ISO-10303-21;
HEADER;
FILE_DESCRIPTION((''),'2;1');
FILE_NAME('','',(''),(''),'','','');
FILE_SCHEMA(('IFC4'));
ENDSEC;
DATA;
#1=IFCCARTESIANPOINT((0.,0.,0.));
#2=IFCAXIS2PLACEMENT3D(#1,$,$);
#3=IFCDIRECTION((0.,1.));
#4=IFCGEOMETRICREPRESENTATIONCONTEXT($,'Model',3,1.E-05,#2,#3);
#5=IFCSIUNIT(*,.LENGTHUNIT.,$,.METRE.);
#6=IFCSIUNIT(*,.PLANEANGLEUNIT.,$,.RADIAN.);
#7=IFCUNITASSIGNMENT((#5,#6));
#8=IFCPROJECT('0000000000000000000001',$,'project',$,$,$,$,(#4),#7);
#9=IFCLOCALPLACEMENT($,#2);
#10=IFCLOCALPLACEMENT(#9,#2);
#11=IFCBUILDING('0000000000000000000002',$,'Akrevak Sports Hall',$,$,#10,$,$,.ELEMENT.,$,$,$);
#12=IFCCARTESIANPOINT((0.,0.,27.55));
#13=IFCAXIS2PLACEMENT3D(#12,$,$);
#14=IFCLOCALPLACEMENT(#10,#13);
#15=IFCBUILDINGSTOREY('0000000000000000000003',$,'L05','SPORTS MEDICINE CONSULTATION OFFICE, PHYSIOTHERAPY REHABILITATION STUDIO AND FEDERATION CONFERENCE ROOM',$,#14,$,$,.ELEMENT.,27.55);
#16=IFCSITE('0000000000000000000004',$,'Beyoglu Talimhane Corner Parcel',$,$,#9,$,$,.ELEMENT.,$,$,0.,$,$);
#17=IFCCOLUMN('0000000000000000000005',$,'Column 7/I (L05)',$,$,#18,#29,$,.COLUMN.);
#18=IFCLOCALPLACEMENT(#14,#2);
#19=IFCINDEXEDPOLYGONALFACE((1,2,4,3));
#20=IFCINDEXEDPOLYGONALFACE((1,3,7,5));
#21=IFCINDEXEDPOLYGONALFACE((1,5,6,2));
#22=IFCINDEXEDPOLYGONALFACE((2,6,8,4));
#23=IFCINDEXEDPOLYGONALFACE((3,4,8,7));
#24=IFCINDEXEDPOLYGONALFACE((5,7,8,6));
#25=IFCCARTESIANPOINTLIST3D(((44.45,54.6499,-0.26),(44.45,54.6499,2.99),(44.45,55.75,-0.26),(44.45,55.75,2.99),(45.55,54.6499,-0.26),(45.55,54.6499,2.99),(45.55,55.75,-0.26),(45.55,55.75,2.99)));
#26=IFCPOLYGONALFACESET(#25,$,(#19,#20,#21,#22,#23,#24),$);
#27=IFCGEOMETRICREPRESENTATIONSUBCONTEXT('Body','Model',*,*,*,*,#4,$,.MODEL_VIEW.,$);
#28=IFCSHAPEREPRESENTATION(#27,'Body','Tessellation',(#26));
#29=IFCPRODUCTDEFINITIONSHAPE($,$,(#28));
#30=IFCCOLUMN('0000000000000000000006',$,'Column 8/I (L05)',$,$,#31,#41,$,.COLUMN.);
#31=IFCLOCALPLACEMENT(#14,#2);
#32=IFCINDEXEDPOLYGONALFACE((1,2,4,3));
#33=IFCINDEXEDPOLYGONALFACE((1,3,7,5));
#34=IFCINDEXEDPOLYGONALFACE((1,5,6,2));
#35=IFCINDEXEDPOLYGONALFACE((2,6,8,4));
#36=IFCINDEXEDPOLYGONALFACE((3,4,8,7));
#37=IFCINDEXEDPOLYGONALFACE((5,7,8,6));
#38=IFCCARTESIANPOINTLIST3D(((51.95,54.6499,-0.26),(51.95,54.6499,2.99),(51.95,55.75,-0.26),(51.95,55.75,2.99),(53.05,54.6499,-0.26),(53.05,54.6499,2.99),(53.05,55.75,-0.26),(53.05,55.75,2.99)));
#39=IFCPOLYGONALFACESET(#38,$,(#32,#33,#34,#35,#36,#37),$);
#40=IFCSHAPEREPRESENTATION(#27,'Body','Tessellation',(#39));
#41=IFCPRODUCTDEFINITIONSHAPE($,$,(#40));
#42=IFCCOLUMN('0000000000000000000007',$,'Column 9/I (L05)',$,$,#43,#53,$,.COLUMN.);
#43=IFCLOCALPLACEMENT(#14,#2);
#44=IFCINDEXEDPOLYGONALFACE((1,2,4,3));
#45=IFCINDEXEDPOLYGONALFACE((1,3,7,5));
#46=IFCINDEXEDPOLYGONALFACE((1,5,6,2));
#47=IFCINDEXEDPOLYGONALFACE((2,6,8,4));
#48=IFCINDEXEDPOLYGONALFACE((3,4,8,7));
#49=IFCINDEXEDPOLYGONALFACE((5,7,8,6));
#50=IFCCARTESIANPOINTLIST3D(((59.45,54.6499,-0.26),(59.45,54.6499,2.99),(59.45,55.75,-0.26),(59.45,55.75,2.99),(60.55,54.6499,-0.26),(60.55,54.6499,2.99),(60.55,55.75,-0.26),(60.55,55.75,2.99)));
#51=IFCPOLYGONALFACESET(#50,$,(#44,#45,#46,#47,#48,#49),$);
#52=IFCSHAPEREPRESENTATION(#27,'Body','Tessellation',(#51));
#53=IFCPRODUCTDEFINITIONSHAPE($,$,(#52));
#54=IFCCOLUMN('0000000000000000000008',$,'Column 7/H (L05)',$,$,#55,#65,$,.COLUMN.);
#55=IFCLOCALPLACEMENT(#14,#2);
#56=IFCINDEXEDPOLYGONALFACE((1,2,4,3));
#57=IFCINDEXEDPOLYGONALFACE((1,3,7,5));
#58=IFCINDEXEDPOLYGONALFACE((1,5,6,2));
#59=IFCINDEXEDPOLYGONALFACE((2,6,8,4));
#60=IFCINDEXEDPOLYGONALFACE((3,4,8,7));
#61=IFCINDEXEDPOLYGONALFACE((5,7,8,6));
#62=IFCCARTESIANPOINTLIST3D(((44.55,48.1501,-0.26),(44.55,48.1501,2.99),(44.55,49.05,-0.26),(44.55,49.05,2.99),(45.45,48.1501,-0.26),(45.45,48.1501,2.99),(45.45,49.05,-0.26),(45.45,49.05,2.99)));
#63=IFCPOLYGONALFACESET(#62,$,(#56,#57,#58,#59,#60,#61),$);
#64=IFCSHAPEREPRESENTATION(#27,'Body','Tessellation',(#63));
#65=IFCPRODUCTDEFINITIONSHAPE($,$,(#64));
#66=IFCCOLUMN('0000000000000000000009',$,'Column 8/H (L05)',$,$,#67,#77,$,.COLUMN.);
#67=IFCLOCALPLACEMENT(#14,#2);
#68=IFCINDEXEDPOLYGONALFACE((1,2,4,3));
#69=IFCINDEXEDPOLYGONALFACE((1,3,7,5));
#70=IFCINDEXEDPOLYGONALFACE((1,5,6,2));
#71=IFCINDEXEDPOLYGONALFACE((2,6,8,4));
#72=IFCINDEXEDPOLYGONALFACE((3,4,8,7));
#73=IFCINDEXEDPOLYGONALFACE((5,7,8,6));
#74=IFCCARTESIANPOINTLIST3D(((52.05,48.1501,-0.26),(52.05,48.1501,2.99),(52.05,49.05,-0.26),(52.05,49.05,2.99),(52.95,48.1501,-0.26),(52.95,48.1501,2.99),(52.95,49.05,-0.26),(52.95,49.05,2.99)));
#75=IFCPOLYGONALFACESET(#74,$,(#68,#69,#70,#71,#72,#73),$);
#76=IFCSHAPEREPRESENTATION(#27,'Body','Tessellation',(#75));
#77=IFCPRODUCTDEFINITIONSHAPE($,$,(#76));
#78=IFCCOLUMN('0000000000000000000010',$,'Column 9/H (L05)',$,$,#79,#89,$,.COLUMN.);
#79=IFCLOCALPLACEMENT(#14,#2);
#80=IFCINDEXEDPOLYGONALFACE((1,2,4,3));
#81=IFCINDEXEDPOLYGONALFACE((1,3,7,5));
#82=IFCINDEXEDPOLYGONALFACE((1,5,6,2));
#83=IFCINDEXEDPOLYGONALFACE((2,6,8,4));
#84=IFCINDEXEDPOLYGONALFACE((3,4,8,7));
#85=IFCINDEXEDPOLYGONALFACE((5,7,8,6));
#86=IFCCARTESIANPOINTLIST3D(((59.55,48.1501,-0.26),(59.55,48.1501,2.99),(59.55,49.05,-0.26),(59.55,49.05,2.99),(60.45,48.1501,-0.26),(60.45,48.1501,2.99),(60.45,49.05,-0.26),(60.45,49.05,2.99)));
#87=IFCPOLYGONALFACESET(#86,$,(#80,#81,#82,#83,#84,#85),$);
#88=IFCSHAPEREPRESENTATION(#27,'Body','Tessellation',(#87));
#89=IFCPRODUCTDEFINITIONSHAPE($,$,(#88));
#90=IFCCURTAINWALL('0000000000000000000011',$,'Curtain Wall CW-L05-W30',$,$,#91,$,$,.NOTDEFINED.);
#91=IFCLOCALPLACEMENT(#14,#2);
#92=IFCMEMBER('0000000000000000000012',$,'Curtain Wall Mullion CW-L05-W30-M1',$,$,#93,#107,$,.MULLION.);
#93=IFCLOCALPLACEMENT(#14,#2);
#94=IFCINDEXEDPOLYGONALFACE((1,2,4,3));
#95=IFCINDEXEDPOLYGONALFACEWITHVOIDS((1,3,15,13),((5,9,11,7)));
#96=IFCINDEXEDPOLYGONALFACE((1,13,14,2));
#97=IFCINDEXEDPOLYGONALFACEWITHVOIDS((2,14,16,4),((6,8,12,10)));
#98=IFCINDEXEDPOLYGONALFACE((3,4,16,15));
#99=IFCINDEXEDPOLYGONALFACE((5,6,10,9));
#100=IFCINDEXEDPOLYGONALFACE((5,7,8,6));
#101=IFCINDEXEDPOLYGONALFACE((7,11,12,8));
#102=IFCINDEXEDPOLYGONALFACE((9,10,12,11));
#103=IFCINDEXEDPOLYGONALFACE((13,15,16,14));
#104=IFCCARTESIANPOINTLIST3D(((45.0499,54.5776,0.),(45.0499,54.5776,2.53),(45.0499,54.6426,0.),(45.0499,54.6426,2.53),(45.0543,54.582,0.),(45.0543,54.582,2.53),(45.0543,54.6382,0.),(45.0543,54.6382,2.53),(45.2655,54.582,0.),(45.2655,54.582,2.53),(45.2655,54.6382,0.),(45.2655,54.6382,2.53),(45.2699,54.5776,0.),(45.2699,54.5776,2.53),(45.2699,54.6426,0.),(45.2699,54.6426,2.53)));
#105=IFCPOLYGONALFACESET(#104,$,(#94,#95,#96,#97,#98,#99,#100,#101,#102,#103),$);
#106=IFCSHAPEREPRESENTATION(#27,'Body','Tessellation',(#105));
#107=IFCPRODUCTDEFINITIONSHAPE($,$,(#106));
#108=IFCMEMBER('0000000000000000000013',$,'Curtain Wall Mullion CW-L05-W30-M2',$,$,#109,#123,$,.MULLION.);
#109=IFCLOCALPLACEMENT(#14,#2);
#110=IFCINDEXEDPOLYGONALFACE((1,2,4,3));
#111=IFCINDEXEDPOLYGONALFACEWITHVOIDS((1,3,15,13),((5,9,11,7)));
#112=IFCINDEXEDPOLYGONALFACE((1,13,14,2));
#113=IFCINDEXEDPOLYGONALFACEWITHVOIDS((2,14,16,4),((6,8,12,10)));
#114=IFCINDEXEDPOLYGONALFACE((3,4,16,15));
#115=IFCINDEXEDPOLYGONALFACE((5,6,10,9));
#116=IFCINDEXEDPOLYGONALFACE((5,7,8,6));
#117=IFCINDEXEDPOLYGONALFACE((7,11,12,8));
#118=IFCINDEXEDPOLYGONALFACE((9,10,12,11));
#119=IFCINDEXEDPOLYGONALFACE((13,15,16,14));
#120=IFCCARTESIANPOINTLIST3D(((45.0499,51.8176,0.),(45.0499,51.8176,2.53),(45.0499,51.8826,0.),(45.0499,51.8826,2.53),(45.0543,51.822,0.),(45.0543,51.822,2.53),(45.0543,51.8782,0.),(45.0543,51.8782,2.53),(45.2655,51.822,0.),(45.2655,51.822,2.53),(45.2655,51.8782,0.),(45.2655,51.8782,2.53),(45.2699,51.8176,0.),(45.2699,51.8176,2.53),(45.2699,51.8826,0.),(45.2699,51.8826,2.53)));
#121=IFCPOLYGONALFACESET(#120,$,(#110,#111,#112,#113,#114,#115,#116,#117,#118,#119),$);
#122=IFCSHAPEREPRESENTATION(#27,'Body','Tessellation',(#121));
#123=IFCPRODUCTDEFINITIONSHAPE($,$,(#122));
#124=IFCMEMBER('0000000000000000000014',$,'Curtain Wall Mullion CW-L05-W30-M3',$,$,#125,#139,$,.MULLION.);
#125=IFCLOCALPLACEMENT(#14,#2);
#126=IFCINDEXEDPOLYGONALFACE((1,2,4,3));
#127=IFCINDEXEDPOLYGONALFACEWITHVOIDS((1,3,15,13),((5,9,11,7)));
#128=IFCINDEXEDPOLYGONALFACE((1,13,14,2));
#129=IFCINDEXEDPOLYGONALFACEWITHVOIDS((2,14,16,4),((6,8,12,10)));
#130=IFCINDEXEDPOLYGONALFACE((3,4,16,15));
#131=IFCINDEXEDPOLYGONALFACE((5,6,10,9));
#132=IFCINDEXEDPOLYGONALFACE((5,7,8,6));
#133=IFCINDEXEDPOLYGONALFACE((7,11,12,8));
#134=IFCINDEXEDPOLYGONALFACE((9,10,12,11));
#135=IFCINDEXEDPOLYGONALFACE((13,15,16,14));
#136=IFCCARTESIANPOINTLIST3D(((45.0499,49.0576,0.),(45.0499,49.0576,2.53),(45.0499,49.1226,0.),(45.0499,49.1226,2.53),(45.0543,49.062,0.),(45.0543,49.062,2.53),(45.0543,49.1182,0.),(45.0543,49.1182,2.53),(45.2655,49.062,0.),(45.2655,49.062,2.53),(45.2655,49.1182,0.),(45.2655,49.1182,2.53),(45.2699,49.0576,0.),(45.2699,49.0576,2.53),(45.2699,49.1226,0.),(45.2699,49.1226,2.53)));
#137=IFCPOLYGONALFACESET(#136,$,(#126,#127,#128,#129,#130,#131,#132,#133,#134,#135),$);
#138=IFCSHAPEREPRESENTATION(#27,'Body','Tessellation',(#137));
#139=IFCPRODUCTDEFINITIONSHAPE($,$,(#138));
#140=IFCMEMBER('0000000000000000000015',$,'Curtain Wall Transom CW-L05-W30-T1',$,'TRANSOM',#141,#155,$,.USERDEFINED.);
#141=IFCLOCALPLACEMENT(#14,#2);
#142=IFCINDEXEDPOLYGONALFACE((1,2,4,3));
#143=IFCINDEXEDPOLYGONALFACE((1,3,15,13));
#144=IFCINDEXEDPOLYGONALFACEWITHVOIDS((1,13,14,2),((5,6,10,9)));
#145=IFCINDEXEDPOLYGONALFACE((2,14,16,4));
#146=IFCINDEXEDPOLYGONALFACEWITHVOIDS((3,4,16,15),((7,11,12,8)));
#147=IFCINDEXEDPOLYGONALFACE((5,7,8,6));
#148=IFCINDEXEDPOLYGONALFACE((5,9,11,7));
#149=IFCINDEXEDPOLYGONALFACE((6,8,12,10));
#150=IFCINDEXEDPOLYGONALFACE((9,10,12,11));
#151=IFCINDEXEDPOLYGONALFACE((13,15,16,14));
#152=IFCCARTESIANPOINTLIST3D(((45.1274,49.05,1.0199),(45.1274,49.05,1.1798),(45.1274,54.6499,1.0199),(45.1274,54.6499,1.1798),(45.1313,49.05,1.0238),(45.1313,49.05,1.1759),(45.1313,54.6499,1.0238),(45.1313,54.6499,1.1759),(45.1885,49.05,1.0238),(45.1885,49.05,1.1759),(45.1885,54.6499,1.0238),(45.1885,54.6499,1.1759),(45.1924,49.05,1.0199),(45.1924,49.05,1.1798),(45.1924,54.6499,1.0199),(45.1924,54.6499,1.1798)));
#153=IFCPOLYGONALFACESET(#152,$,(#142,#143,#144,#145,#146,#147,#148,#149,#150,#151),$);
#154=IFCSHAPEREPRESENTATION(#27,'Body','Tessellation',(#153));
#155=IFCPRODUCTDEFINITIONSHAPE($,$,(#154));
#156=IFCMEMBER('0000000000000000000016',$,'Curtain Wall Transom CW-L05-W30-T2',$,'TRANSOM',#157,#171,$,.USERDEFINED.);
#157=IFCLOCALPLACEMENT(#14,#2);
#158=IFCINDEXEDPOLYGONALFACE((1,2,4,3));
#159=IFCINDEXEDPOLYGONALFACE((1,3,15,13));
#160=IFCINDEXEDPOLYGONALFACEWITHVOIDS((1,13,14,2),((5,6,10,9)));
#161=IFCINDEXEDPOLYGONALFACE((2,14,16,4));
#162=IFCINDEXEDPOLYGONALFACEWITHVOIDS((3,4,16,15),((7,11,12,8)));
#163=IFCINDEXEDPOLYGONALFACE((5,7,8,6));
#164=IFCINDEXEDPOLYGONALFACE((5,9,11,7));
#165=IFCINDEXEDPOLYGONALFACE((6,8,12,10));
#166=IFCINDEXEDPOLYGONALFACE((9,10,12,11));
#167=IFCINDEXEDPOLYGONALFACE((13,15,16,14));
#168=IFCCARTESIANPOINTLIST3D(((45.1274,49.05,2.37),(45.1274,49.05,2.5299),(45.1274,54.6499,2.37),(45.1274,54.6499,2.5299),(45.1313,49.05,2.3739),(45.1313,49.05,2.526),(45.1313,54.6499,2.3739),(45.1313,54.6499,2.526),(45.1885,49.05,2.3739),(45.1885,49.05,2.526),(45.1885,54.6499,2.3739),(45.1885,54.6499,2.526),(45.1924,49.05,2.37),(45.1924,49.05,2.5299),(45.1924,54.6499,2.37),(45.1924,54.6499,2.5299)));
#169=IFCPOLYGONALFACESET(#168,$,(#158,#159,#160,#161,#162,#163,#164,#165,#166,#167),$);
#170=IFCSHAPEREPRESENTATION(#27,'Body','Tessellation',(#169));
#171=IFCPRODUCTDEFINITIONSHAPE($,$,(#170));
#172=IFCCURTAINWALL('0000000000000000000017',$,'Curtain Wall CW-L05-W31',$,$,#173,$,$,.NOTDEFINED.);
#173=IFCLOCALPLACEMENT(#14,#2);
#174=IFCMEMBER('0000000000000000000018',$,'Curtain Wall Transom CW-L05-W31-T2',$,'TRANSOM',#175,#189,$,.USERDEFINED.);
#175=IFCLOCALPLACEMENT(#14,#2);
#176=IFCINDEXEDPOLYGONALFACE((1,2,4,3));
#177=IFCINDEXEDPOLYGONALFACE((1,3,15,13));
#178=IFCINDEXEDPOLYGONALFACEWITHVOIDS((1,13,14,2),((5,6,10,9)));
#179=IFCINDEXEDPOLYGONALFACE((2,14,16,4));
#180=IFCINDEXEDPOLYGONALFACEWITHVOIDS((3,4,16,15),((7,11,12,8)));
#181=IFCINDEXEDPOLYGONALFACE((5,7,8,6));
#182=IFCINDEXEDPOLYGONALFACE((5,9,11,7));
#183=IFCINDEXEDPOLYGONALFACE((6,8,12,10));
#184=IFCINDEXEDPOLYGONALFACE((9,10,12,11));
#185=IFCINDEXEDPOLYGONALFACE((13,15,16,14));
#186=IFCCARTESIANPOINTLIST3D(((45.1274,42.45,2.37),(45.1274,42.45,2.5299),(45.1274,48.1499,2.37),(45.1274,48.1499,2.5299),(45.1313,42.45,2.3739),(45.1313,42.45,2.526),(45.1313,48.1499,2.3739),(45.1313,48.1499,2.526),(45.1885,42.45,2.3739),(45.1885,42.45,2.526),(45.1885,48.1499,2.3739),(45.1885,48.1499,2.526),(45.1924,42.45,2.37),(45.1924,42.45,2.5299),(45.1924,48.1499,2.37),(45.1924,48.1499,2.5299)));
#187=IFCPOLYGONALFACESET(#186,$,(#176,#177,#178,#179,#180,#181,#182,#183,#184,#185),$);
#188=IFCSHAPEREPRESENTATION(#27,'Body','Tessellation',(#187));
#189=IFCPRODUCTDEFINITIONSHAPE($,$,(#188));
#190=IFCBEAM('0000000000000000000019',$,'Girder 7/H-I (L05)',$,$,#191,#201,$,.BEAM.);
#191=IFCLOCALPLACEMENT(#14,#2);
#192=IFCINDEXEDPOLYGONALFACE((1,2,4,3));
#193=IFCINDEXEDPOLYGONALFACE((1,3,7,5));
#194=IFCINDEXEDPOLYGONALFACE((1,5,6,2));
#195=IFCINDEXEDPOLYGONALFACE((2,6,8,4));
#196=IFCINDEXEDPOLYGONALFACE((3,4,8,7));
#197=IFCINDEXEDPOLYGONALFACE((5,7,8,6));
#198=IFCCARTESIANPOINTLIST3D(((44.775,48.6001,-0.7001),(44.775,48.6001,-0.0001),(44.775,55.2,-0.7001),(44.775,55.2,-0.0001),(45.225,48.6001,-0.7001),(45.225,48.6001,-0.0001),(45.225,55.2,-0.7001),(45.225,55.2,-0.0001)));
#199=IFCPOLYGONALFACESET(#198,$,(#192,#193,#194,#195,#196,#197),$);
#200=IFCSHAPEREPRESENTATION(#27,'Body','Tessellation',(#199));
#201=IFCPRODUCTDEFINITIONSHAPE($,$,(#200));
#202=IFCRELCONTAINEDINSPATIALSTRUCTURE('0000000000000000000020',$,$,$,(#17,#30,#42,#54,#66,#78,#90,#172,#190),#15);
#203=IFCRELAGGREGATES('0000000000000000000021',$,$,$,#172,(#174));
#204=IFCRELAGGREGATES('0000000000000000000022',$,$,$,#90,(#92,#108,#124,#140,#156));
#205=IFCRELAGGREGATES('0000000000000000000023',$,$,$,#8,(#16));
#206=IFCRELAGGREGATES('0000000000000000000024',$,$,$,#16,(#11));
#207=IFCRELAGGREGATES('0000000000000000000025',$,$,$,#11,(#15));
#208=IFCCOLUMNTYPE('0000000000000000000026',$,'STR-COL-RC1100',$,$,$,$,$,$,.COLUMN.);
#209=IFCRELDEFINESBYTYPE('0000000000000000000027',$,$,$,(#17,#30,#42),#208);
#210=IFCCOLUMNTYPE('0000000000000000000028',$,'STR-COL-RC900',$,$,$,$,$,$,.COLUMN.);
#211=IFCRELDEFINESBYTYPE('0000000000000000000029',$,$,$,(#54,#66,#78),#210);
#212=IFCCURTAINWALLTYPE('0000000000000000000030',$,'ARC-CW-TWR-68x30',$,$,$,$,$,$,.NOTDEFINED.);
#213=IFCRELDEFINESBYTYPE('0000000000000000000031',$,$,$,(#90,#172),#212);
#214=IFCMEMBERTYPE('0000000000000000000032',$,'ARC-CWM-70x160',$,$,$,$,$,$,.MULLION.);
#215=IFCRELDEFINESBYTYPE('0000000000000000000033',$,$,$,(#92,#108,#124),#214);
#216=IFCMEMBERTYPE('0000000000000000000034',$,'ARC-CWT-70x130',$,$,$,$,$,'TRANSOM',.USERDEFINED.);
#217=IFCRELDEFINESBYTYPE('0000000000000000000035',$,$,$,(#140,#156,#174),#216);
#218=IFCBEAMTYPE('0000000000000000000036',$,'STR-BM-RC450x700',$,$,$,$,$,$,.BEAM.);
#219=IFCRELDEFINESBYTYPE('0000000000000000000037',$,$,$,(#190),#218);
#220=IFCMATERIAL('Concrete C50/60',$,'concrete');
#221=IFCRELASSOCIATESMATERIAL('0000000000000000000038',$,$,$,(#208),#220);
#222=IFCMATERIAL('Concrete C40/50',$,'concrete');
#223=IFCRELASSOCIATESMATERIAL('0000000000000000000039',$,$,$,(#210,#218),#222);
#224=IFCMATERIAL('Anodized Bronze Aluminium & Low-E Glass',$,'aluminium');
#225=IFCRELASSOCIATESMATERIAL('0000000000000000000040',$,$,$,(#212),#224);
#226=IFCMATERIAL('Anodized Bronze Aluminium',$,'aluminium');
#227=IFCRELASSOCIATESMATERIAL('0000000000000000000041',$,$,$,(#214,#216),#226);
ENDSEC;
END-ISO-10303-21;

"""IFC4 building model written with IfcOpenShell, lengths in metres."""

from ifc_helpers import new_model, si_unit, direction, frame, origin, origin_2d, place, context, subcontext, project, spatial, rectangle, hollow_rectangle, extrude, material, material_profile, profile_set, type_object, element, aggregate, save


model = new_model("IFC4")

# Units and contexts
model_context = context("Model", 3, precision=1e-05, world=origin(), true_north=direction((0.0, 1.0)))
body_context = subcontext(model_context, "Body", "Model", "MODEL_VIEW")
ifc_project = project(units=[si_unit("LENGTHUNIT", "METRE"), si_unit("PLANEANGLEUNIT", "RADIAN")], contexts=[model_context])

# Site, building, storey
site_placement = place(None, origin())
site = spatial("IfcSite", under=ifc_project, at=site_placement, Name="Beyoglu Talimhane Corner Parcel", CompositionType="ELEMENT", RefElevation=0.0)
building_placement = place(site_placement, origin())
building = spatial("IfcBuilding", under=site, at=building_placement, Name="Akrevak Sports Hall", CompositionType="ELEMENT")
storey_placement = place(building_placement, frame((0.0, 0.0, 27.55)))
storey = spatial("IfcBuildingStorey", under=building, at=storey_placement, Name="L05", Description="SPORTS MEDICINE CONSULTATION OFFICE, PHYSIOTHERAPY REHABILITATION STUDIO AND FEDERATION CONFERENCE ROOM", CompositionType="ELEMENT", Elevation=27.55)

# Columns
ifc_material_1 = material(Name="Concrete C50/60", Category="concrete")
ifc_material_profile_1 = material_profile(ifc_material_1, rectangle(XDim=1.1001, YDim=1.1001, at=origin_2d()), Name="RC 1100x1100", Category="concrete")
ifc_profile_set_1 = profile_set([ifc_material_profile_1], Name="Concrete C50/60")
column_type_1 = type_object("IfcColumnType", Name="STR-COL-RC1100", PredefinedType="COLUMN", material=ifc_profile_set_1)
for number, where, z_axis, x_axis, name in (
    (1, (45.0, 55.2, -0.26), (0.0, 0.0, 1.0), (1.0, 0.0, 0.0), "Column 7/I (L05)"),
    (2, (52.5, 55.2, -0.26), (0.0, 0.0, 1.0), (1.0, 0.0, 0.0), "Column 8/I (L05)"),
    (3, (60.0, 55.2, -0.26), (0.0, 0.0, 1.0), (1.0, 0.0, 0.0), "Column 9/I (L05)"),
):
    element("IfcColumn", number, at=place(storey_placement, frame(where, z_axis=z_axis, x_axis=x_axis)), inside=storey, type_object=column_type_1, Name=name, PredefinedType="COLUMN", context=body_context, shape_type="SweptSolid", body=[
        extrude(rectangle(XDim=1.1001, YDim=1.1001, at=origin_2d()), origin(), (0.0, 0.0, 1.0), 3.25),
    ])
ifc_material_2 = material(Name="Concrete C40/50", Category="concrete")
ifc_material_profile_2 = material_profile(ifc_material_2, rectangle(XDim=0.8999, YDim=0.8999, at=origin_2d()), Name="RC 900x900", Category="concrete")
ifc_profile_set_2 = profile_set([ifc_material_profile_2], Name="Concrete C40/50")
column_type_2 = type_object("IfcColumnType", Name="STR-COL-RC900", PredefinedType="COLUMN", material=ifc_profile_set_2)
for number, where, z_axis, x_axis, name in (
    (4, (45.0, 48.6001, -0.26), (0.0, 0.0, 1.0), (1.0, 0.0, 0.0), "Column 7/H (L05)"),
    (5, (52.5, 48.6001, -0.26), (0.0, 0.0, 1.0), (1.0, 0.0, 0.0), "Column 8/H (L05)"),
    (6, (60.0, 48.6001, -0.26), (0.0, 0.0, 1.0), (1.0, 0.0, 0.0), "Column 9/H (L05)"),
):
    element("IfcColumn", number, at=place(storey_placement, frame(where, z_axis=z_axis, x_axis=x_axis)), inside=storey, type_object=column_type_2, Name=name, PredefinedType="COLUMN", context=body_context, shape_type="SweptSolid", body=[
        extrude(rectangle(XDim=0.8999, YDim=0.8999, at=origin_2d()), origin(), (0.0, 0.0, 1.0), 3.25),
    ])

# Curtain wall, members
ifc_material_3 = material(Name="Anodized Bronze Aluminium & Low-E Glass", Category="aluminium")
curtain_wall_type = type_object("IfcCurtainWallType", Name="ARC-CW-TWR-68x30", PredefinedType="NOTDEFINED", material=ifc_material_3)
curtain_wall_1_placement = place(storey_placement, origin())
curtain_wall_1 = element("IfcCurtainWall", 7, at=curtain_wall_1_placement, inside=storey, type_object=curtain_wall_type, Name="Curtain Wall CW-L05-W30", PredefinedType="NOTDEFINED")
ifc_material_4 = material(Name="Anodized Bronze Aluminium", Category="aluminium")
ifc_material_profile_3 = material_profile(ifc_material_4, hollow_rectangle(XDim=0.0649, YDim=0.22, WallThickness=0.0044, at=origin_2d()), Name="CWM 65x220", Category="aluminium")
ifc_profile_set_3 = profile_set([ifc_material_profile_3], Name="Anodized Bronze Aluminium")
member_type_1 = type_object("IfcMemberType", Name="ARC-CWM-70x160", PredefinedType="MULLION", material=ifc_profile_set_3)
member_1_placement = place(storey_placement, frame((45.1599, 54.6101, 0.0), z_axis=(0.0, 0.0, 1.0), x_axis=(0.0, -1.0, 0.0)))
member_1 = element("IfcMember", 8, at=member_1_placement, type_object=member_type_1, Name="Curtain Wall Mullion CW-L05-W30-M1", PredefinedType="MULLION", context=body_context, shape_type="SweptSolid", body=[
    extrude(hollow_rectangle(XDim=0.0649, YDim=0.22, WallThickness=0.0044, at=origin_2d()), origin(), (0.0, 0.0, 1.0), 2.53),
])
member_2_placement = place(storey_placement, frame((45.1599, 51.8501, 0.0), z_axis=(0.0, 0.0, 1.0), x_axis=(0.0, -1.0, 0.0)))
member_2 = element("IfcMember", 9, at=member_2_placement, type_object=member_type_1, Name="Curtain Wall Mullion CW-L05-W30-M2", PredefinedType="MULLION", context=body_context, shape_type="SweptSolid", body=[
    extrude(hollow_rectangle(XDim=0.0649, YDim=0.22, WallThickness=0.0044, at=origin_2d()), origin(), (0.0, 0.0, 1.0), 2.53),
])
member_3_placement = place(storey_placement, frame((45.1599, 49.0901, 0.0), z_axis=(0.0, 0.0, 1.0), x_axis=(0.0, -1.0, 0.0)))
member_3 = element("IfcMember", 10, at=member_3_placement, type_object=member_type_1, Name="Curtain Wall Mullion CW-L05-W30-M3", PredefinedType="MULLION", context=body_context, shape_type="SweptSolid", body=[
    extrude(hollow_rectangle(XDim=0.0649, YDim=0.22, WallThickness=0.0044, at=origin_2d()), origin(), (0.0, 0.0, 1.0), 2.53),
])
ifc_material_profile_4 = material_profile(ifc_material_4, hollow_rectangle(XDim=0.0649, YDim=0.1599, WallThickness=0.0039, at=origin_2d()), Name="CWT 65x160", Category="aluminium")
ifc_profile_set_4 = profile_set([ifc_material_profile_4], Name="Anodized Bronze Aluminium")
member_type_2 = type_object("IfcMemberType", Name="ARC-CWT-70x130", ElementType="TRANSOM", PredefinedType="USERDEFINED", material=ifc_profile_set_4)
member_4_placement = place(storey_placement, frame((45.1599, 54.6499, 1.0999), z_axis=(0.0, -1.0, 0.0), x_axis=(1.0, 0.0, 0.0)))
member_4 = element("IfcMember", 11, at=member_4_placement, type_object=member_type_2, Name="Curtain Wall Transom CW-L05-W30-T1", ObjectType="TRANSOM", PredefinedType="USERDEFINED", context=body_context, shape_type="SweptSolid", body=[
    extrude(hollow_rectangle(XDim=0.0649, YDim=0.1599, WallThickness=0.0039, at=origin_2d()), origin(), (0.0, 0.0, 1.0), 5.5999),
])
member_5_placement = place(storey_placement, frame((45.1599, 54.6499, 2.45), z_axis=(0.0, -1.0, 0.0), x_axis=(1.0, 0.0, 0.0)))
member_5 = element("IfcMember", 12, at=member_5_placement, type_object=member_type_2, Name="Curtain Wall Transom CW-L05-W30-T2", ObjectType="TRANSOM", PredefinedType="USERDEFINED", context=body_context, shape_type="SweptSolid", body=[
    extrude(hollow_rectangle(XDim=0.0649, YDim=0.1599, WallThickness=0.0039, at=origin_2d()), origin(), (0.0, 0.0, 1.0), 5.5999),
])

# Curtain wall, member
curtain_wall_2_placement = place(storey_placement, origin())
curtain_wall_2 = element("IfcCurtainWall", 13, at=curtain_wall_2_placement, inside=storey, type_object=curtain_wall_type, Name="Curtain Wall CW-L05-W31", PredefinedType="NOTDEFINED")
member_6_placement = place(storey_placement, frame((45.1599, 48.1499, 2.45), z_axis=(0.0, -1.0, 0.0), x_axis=(1.0, 0.0, 0.0)))
member_6 = element("IfcMember", 14, at=member_6_placement, type_object=member_type_2, Name="Curtain Wall Transom CW-L05-W31-T2", ObjectType="TRANSOM", PredefinedType="USERDEFINED", context=body_context, shape_type="SweptSolid", body=[
    extrude(hollow_rectangle(XDim=0.0649, YDim=0.1599, WallThickness=0.0039, at=origin_2d()), origin(), (0.0, 0.0, 1.0), 5.7),
])
aggregate(curtain_wall_2, [member_6])

# Beam
ifc_material_profile_5 = material_profile(ifc_material_2, rectangle(XDim=0.45, YDim=0.7, at=origin_2d()), Name="BM 450x700", Category="concrete")
ifc_profile_set_5 = profile_set([ifc_material_profile_5], Name="Concrete C40/50")
beam_type_1 = type_object("IfcBeamType", Name="STR-BM-RC450x700", PredefinedType="BEAM", material=ifc_profile_set_5)
beam_1_placement = place(storey_placement, frame((45.0, 48.6001, -0.3501), z_axis=(0.0, 1.0, 0.0), x_axis=(-1.0, 0.0, 0.0)))
element("IfcBeam", 15, at=beam_1_placement, inside=storey, type_object=beam_type_1, Name="Girder 7/H-I (L05)", PredefinedType="BEAM", context=body_context, shape_type="SweptSolid", body=[
    extrude(rectangle(XDim=0.45, YDim=0.7, at=origin_2d()), origin(), (0.0, 0.0, 1.0), 6.5999),
])

aggregate(curtain_wall_1, [member_1, member_2, member_3, member_4, member_5])

save(model, "model.ifc")
